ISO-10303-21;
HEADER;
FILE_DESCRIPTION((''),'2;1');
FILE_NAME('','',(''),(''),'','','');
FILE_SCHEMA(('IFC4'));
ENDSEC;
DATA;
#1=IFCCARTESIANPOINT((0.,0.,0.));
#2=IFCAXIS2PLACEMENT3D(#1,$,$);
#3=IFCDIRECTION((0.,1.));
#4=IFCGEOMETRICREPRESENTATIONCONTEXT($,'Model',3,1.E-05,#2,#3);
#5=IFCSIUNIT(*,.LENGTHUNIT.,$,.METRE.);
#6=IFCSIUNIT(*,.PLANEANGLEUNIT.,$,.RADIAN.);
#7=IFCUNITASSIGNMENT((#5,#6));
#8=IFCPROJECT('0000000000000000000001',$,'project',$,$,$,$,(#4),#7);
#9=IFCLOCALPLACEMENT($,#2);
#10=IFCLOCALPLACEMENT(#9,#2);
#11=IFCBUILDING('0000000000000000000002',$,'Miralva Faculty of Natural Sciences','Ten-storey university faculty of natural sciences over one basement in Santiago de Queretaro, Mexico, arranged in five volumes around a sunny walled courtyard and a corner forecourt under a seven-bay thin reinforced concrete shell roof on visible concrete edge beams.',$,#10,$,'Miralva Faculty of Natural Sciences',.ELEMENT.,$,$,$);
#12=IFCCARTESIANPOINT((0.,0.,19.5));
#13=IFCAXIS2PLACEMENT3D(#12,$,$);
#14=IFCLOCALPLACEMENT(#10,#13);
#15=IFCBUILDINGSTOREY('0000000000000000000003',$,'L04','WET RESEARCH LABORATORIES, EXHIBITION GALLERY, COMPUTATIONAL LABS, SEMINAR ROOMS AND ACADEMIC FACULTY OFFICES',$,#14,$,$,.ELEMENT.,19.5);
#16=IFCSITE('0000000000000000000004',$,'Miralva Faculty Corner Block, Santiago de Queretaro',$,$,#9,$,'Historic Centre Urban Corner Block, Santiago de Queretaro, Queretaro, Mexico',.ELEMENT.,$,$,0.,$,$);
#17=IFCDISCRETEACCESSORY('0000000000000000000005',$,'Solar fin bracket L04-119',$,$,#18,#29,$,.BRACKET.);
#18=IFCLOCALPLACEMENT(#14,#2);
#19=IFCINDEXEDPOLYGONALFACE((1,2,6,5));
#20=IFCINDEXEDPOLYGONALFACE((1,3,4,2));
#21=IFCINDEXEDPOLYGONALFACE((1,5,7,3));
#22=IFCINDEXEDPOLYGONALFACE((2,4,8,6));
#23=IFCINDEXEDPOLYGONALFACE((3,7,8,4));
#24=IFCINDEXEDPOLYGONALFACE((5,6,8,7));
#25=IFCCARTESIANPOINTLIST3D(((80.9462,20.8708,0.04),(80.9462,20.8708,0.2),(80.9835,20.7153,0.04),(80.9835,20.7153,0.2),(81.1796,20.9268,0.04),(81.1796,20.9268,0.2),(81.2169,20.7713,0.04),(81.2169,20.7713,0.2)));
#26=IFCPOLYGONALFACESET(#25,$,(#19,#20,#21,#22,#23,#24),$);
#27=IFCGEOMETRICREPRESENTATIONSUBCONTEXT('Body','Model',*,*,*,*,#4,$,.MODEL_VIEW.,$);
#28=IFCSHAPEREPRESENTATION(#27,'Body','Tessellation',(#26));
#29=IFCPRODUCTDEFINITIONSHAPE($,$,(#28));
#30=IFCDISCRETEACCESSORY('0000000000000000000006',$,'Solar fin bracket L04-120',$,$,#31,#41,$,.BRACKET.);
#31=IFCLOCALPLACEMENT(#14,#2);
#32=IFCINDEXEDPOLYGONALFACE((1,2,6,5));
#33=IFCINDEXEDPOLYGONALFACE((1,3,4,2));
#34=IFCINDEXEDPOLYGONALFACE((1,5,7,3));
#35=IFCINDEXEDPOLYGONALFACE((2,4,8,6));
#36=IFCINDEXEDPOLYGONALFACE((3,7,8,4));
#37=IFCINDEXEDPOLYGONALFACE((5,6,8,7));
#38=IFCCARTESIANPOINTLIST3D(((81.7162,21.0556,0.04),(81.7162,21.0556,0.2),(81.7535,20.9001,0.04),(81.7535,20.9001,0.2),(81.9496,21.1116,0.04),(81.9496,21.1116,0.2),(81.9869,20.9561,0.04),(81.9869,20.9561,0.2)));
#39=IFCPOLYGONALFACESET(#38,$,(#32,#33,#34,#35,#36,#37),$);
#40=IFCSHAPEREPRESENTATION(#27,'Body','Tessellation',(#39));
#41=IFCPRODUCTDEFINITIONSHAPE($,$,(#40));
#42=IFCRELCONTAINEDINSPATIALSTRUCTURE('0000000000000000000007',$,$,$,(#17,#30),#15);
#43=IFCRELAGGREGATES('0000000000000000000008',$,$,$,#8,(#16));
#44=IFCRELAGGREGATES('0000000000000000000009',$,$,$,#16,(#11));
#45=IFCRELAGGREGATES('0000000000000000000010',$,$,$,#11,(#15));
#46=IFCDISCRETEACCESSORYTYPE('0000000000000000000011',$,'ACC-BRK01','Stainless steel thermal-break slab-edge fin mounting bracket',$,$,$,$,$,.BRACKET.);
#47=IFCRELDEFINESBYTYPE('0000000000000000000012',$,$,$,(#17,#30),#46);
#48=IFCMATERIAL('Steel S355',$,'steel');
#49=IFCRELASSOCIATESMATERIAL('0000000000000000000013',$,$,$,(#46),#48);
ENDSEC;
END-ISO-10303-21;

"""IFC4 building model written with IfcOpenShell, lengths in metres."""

from ifc_helpers import new_model, si_unit, direction, frame, origin, origin_2d, place, context, subcontext, project, spatial, rectangle, extrude, material, type_object, element, save


model = new_model("IFC4")

# Units and contexts
model_context = context("Model", 3, precision=1e-05, world=origin(), true_north=direction((0.0, 1.0)))
body_context = subcontext(model_context, "Body", "Model", "MODEL_VIEW")
ifc_project = project(units=[si_unit("LENGTHUNIT", "METRE"), si_unit("PLANEANGLEUNIT", "RADIAN")], contexts=[model_context])

# Site, building, storey
site_placement = place(None, origin())
site = spatial("IfcSite", under=ifc_project, at=site_placement, Name="Miralva Faculty Corner Block, Santiago de Queretaro", LongName="Historic Centre Urban Corner Block, Santiago de Queretaro, Queretaro, Mexico", CompositionType="ELEMENT", RefElevation=0.0)
building_placement = place(site_placement, origin())
building = spatial("IfcBuilding", under=site, at=building_placement, Name="Miralva Faculty of Natural Sciences", Description="Ten-storey university faculty of natural sciences over one basement in Santiago de Queretaro, Mexico, arranged in five volumes around a sunny walled courtyard and a corner forecourt under a seven-bay thin reinforced concrete shell roof on visible concrete edge beams.", LongName="Miralva Faculty of Natural Sciences", CompositionType="ELEMENT")
storey_placement = place(building_placement, frame((0.0, 0.0, 19.5)))
storey = spatial("IfcBuildingStorey", under=building, at=storey_placement, Name="L04", Description="WET RESEARCH LABORATORIES, EXHIBITION GALLERY, COMPUTATIONAL LABS, SEMINAR ROOMS AND ACADEMIC FACULTY OFFICES", CompositionType="ELEMENT", Elevation=19.5)

# Discrete accessories
ifc_material_1 = material(Name="Steel S355", Category="steel")
discrete_accessory_type = type_object("IfcDiscreteAccessoryType", Name="ACC-BRK01", Description="Stainless steel thermal-break slab-edge fin mounting bracket", PredefinedType="BRACKET", material=ifc_material_1)
for number, where, z_axis, x_axis, name in (
    (1, (81.0815, 20.821, 0.04), (0.0, 0.0, 1.0), (0.233445, -0.97237, 0.0), "Solar fin bracket L04-119"),
    (2, (81.8516, 21.0059, 0.04), (0.0, 0.0, 1.0), (0.233445, -0.97237, 0.0), "Solar fin bracket L04-120"),
):
    element("IfcDiscreteAccessory", number, at=place(storey_placement, frame(where, z_axis=z_axis, x_axis=x_axis)), inside=storey, type_object=discrete_accessory_type, Name=name, PredefinedType="BRACKET", context=body_context, shape_type="SweptSolid", body=[
        extrude(rectangle(XDim=0.1599, YDim=0.24, at=origin_2d()), origin(), (0.0, 0.0, 1.0), 0.1599),
    ])

save(model, "model.ifc")
